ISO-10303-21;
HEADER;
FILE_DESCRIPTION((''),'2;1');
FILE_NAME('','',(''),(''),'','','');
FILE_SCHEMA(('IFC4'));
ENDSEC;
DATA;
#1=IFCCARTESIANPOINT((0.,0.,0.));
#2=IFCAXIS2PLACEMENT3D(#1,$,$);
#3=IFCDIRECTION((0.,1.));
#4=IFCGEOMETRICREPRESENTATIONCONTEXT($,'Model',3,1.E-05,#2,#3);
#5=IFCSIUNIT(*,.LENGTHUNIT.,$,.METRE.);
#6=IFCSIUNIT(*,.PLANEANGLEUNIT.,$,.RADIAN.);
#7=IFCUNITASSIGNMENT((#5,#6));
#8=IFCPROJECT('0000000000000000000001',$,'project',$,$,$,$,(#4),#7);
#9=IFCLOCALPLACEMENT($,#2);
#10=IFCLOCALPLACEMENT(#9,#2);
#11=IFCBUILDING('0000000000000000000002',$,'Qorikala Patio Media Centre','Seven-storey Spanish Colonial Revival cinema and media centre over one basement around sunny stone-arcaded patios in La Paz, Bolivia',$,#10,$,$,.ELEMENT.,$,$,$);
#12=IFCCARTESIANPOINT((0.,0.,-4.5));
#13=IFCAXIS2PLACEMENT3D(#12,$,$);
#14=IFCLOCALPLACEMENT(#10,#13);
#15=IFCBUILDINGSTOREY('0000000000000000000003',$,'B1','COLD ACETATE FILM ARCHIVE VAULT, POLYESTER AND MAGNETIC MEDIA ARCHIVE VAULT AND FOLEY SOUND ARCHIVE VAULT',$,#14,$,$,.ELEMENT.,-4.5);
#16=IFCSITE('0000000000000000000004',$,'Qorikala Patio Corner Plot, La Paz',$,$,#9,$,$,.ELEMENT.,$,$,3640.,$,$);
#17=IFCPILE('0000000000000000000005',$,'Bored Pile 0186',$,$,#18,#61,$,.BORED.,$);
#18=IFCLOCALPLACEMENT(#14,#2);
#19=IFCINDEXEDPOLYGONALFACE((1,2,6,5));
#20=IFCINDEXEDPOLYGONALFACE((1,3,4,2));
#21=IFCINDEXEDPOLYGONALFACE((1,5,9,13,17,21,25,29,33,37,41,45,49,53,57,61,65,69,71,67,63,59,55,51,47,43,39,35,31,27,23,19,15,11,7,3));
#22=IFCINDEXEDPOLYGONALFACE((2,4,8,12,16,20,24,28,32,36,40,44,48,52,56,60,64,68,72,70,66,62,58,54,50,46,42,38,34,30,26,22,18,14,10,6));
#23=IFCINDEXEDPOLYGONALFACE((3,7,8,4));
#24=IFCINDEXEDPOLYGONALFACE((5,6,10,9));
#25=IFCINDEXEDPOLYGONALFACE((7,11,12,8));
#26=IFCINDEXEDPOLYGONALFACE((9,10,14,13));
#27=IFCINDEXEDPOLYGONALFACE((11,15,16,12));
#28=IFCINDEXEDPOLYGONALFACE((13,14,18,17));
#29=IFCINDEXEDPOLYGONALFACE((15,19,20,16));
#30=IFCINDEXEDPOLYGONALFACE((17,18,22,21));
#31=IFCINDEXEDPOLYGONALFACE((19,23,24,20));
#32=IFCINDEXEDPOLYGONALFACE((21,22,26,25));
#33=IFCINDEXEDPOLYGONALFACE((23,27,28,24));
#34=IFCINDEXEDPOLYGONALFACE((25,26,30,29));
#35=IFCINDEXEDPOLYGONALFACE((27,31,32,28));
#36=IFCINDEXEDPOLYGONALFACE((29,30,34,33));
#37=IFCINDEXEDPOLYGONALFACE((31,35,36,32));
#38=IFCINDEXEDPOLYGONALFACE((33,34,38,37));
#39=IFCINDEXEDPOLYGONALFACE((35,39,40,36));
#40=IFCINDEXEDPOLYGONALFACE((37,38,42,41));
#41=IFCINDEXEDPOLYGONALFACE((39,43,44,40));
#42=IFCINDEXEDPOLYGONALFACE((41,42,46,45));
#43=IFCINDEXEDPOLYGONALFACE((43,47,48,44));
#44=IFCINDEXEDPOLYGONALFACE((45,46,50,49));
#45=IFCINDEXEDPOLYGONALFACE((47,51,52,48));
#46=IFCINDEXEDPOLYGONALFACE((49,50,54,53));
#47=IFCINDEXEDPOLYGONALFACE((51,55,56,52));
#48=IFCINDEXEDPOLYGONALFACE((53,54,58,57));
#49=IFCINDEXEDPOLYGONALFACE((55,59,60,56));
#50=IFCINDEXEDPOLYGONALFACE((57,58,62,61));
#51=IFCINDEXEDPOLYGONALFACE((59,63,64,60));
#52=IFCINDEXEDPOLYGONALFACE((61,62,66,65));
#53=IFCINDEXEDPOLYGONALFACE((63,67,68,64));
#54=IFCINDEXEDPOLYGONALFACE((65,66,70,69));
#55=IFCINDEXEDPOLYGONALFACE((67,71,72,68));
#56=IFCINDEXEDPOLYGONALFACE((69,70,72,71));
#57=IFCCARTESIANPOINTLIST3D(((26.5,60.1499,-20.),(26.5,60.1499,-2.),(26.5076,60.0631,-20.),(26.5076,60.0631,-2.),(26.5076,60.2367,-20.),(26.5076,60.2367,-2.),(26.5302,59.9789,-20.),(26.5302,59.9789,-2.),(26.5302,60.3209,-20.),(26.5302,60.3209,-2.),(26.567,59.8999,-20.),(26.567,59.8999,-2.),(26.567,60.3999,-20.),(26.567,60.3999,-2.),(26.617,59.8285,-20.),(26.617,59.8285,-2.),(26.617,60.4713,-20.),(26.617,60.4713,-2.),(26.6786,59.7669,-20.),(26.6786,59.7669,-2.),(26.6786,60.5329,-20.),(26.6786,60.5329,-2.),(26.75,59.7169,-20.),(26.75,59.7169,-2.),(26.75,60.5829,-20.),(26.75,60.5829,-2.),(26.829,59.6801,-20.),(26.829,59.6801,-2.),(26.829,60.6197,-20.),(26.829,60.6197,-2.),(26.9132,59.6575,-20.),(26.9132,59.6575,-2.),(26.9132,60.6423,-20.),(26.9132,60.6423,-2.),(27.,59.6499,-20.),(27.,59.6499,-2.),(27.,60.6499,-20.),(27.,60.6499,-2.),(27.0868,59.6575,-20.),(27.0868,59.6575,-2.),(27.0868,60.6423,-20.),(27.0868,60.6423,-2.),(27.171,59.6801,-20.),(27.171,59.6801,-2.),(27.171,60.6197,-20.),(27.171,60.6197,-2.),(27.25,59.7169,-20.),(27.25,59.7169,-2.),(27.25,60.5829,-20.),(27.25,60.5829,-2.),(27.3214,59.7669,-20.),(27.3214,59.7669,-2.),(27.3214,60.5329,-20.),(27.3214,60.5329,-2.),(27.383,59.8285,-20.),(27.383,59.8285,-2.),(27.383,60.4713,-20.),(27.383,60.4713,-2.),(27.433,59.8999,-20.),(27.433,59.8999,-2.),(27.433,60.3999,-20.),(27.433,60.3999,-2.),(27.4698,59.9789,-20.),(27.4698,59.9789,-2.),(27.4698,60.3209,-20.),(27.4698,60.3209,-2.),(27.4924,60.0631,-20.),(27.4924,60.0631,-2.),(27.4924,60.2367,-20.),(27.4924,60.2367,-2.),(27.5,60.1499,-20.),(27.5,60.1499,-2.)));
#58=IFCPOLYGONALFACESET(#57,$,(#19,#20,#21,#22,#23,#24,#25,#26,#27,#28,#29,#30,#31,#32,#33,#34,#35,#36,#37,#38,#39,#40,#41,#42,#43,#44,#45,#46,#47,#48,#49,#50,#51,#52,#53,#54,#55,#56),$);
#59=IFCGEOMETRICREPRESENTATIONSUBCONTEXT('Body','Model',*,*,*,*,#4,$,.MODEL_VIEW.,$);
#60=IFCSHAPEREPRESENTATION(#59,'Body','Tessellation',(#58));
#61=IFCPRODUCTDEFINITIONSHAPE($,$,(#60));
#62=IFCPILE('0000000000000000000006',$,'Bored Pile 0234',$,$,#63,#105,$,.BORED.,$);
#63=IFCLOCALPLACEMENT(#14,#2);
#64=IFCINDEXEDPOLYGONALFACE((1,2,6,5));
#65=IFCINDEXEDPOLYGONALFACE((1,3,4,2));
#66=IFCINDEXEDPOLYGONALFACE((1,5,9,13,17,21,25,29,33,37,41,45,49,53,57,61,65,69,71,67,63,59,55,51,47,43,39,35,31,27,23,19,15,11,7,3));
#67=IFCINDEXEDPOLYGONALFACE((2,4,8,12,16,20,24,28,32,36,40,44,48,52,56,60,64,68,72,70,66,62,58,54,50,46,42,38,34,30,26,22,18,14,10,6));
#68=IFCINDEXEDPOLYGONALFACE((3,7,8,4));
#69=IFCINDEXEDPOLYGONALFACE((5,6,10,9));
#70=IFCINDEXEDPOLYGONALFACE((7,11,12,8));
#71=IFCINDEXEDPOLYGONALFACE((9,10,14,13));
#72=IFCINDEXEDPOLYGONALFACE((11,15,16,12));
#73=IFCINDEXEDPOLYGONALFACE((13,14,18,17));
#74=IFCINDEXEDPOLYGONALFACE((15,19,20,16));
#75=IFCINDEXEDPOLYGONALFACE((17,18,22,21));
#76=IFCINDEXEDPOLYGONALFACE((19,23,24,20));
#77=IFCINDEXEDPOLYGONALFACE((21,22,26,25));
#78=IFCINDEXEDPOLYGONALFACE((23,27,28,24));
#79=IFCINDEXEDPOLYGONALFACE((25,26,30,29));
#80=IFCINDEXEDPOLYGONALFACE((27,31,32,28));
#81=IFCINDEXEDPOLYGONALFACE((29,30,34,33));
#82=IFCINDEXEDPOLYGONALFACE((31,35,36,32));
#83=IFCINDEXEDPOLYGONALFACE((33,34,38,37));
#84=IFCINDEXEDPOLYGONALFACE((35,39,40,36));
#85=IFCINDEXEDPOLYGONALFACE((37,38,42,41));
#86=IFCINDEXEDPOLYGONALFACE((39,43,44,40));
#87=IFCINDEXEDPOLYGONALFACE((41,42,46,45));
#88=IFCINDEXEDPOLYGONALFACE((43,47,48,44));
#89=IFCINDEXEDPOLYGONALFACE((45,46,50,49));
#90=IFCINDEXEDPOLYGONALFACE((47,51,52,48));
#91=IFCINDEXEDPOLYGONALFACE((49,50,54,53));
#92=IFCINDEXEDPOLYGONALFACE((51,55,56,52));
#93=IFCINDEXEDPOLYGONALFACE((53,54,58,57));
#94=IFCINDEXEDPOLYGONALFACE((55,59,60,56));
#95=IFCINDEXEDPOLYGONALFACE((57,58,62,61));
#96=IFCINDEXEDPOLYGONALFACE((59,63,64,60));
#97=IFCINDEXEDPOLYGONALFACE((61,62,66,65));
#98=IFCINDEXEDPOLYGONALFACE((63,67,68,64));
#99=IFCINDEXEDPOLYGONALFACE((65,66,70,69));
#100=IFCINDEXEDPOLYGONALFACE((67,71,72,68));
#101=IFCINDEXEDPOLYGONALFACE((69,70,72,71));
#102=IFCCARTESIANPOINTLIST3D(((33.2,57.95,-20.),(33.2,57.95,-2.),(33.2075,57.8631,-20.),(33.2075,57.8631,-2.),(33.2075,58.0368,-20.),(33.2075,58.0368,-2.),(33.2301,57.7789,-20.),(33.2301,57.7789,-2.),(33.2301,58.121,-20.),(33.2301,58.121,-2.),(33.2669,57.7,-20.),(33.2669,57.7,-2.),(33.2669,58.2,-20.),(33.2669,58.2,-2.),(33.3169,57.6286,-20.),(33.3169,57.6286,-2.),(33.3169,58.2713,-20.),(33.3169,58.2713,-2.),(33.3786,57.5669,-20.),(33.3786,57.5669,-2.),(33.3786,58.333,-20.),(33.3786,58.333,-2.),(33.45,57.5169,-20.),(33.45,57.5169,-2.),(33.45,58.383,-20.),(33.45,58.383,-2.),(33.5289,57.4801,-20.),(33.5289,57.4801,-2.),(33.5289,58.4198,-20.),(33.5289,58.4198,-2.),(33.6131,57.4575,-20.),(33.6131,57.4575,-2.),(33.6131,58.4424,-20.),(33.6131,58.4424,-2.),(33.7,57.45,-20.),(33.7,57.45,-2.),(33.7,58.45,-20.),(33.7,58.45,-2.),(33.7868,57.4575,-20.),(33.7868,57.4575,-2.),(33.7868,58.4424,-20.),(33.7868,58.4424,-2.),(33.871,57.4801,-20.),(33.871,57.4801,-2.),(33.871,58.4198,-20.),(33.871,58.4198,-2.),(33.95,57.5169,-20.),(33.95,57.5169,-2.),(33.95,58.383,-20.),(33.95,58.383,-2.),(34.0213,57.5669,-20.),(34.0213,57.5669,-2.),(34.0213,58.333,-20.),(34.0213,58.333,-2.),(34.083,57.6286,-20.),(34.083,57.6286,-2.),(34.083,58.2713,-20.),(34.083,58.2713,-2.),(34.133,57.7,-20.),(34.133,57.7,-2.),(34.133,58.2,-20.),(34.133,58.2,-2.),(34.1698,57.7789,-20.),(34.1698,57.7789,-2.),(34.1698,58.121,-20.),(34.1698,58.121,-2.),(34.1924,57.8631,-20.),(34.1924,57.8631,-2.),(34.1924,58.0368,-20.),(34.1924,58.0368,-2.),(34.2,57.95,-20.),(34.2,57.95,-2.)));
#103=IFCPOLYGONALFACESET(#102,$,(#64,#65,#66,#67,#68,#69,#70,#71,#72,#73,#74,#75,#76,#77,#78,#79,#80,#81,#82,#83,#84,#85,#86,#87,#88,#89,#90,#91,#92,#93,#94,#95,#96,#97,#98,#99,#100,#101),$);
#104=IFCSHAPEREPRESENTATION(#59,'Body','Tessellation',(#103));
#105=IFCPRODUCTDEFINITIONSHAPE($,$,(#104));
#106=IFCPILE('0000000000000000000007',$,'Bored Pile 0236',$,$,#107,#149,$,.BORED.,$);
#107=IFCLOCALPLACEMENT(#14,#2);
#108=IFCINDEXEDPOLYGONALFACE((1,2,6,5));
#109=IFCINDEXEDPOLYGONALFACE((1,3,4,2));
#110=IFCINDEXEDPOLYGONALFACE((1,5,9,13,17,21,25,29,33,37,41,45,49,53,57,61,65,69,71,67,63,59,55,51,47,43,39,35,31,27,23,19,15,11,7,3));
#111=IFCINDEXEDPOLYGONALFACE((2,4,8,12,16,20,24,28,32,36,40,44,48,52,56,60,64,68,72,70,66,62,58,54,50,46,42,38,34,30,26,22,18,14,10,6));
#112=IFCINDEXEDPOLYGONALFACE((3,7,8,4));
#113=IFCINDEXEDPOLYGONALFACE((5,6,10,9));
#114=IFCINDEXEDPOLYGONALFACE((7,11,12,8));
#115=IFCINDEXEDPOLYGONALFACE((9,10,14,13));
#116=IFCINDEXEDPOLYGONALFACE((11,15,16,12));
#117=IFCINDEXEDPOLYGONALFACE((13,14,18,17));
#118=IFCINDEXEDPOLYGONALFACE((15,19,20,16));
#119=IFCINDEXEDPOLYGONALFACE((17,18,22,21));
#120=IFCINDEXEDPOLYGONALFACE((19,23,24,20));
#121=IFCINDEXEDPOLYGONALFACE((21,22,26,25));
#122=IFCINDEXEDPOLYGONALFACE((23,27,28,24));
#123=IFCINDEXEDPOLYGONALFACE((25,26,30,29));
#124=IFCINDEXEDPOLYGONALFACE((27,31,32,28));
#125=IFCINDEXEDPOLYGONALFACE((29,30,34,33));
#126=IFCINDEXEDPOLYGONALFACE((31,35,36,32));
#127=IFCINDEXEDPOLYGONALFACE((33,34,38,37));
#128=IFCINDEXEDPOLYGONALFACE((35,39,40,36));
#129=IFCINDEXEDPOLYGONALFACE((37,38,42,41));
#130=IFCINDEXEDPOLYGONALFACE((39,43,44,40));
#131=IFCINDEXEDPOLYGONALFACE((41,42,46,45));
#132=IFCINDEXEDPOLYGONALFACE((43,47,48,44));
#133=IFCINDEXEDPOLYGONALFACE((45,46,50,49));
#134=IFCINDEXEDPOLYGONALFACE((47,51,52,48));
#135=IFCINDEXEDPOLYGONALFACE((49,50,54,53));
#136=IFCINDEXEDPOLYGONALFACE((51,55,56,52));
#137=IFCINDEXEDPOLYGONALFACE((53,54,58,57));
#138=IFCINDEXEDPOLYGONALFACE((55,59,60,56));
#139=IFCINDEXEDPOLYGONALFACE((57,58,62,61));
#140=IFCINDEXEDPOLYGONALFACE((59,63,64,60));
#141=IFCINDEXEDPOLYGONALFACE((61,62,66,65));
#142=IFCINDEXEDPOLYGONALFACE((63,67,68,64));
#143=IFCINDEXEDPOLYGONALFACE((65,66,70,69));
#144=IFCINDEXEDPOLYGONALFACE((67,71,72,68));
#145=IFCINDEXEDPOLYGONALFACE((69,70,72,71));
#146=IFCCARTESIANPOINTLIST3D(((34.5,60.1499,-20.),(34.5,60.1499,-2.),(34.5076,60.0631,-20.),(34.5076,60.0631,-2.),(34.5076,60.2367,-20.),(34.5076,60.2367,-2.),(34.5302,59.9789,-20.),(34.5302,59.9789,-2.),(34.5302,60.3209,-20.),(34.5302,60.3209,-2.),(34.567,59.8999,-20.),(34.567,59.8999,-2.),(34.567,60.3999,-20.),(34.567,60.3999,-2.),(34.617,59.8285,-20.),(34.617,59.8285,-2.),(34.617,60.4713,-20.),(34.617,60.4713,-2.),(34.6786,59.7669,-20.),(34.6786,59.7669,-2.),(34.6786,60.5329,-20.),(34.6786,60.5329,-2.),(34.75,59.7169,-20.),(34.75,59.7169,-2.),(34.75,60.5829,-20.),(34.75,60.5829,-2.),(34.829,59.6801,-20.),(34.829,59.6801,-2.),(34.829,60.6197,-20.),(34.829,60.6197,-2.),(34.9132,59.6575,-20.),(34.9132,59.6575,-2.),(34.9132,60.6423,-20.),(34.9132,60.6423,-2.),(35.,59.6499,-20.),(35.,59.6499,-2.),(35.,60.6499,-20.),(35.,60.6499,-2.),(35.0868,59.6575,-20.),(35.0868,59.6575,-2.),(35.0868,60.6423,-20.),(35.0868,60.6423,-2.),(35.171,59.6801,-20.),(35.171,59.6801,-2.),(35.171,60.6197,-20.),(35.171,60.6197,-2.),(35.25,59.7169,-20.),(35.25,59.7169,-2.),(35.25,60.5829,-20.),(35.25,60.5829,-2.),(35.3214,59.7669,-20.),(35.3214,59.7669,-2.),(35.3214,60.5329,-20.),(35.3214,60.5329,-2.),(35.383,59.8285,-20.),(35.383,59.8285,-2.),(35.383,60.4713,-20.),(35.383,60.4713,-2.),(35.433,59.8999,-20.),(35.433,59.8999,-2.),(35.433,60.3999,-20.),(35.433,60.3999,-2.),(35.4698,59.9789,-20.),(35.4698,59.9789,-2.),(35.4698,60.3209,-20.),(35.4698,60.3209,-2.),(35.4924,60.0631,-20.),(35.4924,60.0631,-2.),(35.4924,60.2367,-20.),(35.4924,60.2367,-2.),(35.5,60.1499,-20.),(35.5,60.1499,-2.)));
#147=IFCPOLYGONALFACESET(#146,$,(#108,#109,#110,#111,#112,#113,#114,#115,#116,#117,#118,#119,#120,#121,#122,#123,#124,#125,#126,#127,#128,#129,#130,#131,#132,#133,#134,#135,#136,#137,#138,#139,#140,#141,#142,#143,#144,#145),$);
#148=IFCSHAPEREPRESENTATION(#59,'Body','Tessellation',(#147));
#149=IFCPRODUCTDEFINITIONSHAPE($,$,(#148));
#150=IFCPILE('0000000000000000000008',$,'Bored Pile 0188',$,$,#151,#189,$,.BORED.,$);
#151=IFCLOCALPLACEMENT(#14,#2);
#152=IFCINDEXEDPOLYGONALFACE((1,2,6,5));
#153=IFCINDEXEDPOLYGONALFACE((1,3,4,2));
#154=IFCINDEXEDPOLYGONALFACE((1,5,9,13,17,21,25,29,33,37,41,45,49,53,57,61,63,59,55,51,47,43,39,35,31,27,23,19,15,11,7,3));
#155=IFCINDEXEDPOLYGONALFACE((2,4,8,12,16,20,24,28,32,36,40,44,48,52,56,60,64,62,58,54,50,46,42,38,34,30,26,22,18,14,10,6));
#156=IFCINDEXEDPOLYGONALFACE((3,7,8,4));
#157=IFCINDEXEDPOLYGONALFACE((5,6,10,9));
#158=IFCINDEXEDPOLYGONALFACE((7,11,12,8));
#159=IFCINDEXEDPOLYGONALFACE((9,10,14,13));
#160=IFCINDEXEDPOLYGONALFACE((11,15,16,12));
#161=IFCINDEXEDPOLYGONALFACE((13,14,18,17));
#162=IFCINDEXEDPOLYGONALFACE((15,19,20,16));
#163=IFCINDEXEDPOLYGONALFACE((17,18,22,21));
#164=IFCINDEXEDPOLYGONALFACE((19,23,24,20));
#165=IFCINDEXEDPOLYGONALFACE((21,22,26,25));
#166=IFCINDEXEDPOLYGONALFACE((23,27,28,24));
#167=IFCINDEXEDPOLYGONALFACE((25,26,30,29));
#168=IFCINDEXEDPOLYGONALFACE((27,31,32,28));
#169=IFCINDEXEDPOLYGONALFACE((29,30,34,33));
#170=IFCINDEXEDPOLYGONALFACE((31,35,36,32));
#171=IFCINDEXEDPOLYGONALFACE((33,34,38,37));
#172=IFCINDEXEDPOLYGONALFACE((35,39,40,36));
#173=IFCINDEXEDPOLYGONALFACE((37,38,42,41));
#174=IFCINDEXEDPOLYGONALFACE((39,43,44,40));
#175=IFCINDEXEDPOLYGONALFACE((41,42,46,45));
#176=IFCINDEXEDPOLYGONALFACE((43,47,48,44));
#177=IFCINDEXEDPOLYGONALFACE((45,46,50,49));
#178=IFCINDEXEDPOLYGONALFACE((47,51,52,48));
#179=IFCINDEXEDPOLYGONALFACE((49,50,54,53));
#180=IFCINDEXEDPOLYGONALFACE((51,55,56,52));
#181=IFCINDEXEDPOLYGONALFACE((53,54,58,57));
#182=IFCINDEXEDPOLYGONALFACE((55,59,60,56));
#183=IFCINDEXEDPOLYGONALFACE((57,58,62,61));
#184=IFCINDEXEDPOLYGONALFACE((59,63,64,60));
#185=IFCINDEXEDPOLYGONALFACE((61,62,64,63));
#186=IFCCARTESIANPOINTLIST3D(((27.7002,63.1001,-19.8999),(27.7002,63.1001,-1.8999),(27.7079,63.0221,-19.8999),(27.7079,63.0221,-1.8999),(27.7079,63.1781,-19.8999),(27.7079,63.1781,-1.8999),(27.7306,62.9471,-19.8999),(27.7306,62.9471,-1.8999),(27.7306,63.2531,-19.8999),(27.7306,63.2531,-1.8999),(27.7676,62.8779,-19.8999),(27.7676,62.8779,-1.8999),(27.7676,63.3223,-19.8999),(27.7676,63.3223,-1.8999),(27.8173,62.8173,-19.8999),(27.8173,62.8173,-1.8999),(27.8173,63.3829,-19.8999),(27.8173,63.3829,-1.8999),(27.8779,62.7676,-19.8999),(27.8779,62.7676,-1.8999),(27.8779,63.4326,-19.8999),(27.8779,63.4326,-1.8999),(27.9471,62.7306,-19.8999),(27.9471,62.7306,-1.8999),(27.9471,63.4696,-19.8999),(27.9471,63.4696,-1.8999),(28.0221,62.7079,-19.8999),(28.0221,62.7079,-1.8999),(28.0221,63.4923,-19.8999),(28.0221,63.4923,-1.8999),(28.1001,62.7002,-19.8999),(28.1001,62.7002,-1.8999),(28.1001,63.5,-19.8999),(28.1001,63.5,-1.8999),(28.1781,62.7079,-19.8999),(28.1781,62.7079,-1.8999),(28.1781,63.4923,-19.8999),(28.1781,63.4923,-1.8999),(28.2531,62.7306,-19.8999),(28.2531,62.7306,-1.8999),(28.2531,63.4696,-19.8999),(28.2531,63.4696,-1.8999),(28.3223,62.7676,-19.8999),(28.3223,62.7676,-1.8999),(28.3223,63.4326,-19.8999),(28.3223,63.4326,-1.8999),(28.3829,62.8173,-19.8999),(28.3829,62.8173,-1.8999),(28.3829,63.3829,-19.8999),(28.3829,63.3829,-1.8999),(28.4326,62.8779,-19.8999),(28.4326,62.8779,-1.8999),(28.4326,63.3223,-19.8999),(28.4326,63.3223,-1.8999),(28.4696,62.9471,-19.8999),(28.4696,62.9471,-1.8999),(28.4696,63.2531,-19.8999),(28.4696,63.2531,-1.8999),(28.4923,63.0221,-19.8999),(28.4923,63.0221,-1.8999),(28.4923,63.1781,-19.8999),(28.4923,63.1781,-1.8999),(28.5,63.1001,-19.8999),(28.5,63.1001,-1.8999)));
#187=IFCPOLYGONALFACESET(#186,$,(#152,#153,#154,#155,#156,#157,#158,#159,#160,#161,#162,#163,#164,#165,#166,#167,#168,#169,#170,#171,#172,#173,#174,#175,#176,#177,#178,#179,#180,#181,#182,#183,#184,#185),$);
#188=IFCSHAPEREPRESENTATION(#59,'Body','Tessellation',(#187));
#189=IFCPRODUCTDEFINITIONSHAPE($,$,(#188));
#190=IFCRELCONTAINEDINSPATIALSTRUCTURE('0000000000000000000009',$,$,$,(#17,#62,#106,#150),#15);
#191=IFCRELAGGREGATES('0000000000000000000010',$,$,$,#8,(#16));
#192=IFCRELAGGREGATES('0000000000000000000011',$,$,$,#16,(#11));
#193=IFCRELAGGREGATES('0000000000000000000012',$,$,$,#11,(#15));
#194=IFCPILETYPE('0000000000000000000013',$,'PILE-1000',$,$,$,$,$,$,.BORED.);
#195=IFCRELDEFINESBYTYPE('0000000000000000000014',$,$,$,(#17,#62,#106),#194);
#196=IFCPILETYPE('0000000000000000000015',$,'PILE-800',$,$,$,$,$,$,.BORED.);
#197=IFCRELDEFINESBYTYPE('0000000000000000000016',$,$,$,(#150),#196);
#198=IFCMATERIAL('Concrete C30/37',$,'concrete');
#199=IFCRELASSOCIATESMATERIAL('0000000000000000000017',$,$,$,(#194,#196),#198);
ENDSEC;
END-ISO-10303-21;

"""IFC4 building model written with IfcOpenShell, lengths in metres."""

from ifc_helpers import new_model, si_unit, direction, frame, origin, origin_2d, place, context, subcontext, project, spatial, circle, extrude, material, material_profile, profile_set, type_object, element, save


model = new_model("IFC4")

# Units and contexts
model_context = context("Model", 3, precision=1e-05, world=origin(), true_north=direction((0.0, 1.0)))
body_context = subcontext(model_context, "Body", "Model", "MODEL_VIEW")
ifc_project = project(units=[si_unit("LENGTHUNIT", "METRE"), si_unit("PLANEANGLEUNIT", "RADIAN")], contexts=[model_context])

# Site, building, storey
site_placement = place(None, origin())
site = spatial("IfcSite", under=ifc_project, at=site_placement, Name="Qorikala Patio Corner Plot, La Paz", CompositionType="ELEMENT", RefElevation=3640.0)
building_placement = place(site_placement, origin())
building = spatial("IfcBuilding", under=site, at=building_placement, Name="Qorikala Patio Media Centre", Description="Seven-storey Spanish Colonial Revival cinema and media centre over one basement around sunny stone-arcaded patios in La Paz, Bolivia", CompositionType="ELEMENT")
storey_placement = place(building_placement, frame((0.0, 0.0, -4.5)))
storey = spatial("IfcBuildingStorey", under=building, at=storey_placement, Name="B1", Description="COLD ACETATE FILM ARCHIVE VAULT, POLYESTER AND MAGNETIC MEDIA ARCHIVE VAULT AND FOLEY SOUND ARCHIVE VAULT", CompositionType="ELEMENT", Elevation=-4.5)

# Shared definitions
ifc_material_1 = material(Name="Concrete C30/37", Category="concrete")

# Piles
ifc_material_profile_1 = material_profile(ifc_material_1, circle(Radius=0.5, at=origin_2d()), Name="BORED PILE 1000")
ifc_profile_set_1 = profile_set([ifc_material_profile_1], Name="Concrete C30/37")
pile_type_1 = type_object("IfcPileType", Name="PILE-1000", PredefinedType="BORED", material=ifc_profile_set_1)
for number, where, z_axis, x_axis, name in (
    (1, (27.0, 60.1499, -2.0), (0.0, 0.0, -1.0), (1.0, 0.0, 0.0), "Bored Pile 0186"),
    (2, (33.7, 57.95, -2.0), (0.0, 0.0, -1.0), (1.0, 0.0, 0.0), "Bored Pile 0234"),
    (3, (35.0, 60.1499, -2.0), (0.0, 0.0, -1.0), (1.0, 0.0, 0.0), "Bored Pile 0236"),
):
    element("IfcPile", number, at=place(storey_placement, frame(where, z_axis=z_axis, x_axis=x_axis)), inside=storey, type_object=pile_type_1, Name=name, PredefinedType="BORED", context=body_context, shape_type="SweptSolid", body=[
        extrude(circle(Radius=0.5, at=origin_2d()), origin(), (0.0, 0.0, 1.0), 18.0),
    ])
ifc_material_profile_2 = material_profile(ifc_material_1, circle(Radius=0.3999, at=origin_2d()), Name="BORED PILE 800")
ifc_profile_set_2 = profile_set([ifc_material_profile_2], Name="Concrete C30/37")
pile_type_2 = type_object("IfcPileType", Name="PILE-800", PredefinedType="BORED", material=ifc_profile_set_2)
for number, where, z_axis, x_axis, name in (
    (4, (28.1001, 63.1001, -1.8999), (0.0, 0.0, -1.0), (1.0, 0.0, 0.0), "Bored Pile 0188"),
):
    element("IfcPile", number, at=place(storey_placement, frame(where, z_axis=z_axis, x_axis=x_axis)), inside=storey, type_object=pile_type_2, Name=name, PredefinedType="BORED", context=body_context, shape_type="SweptSolid", body=[
        extrude(circle(Radius=0.3999, at=origin_2d()), origin(), (0.0, 0.0, 1.0), 18.0),
    ])

save(model, "model.ifc")
